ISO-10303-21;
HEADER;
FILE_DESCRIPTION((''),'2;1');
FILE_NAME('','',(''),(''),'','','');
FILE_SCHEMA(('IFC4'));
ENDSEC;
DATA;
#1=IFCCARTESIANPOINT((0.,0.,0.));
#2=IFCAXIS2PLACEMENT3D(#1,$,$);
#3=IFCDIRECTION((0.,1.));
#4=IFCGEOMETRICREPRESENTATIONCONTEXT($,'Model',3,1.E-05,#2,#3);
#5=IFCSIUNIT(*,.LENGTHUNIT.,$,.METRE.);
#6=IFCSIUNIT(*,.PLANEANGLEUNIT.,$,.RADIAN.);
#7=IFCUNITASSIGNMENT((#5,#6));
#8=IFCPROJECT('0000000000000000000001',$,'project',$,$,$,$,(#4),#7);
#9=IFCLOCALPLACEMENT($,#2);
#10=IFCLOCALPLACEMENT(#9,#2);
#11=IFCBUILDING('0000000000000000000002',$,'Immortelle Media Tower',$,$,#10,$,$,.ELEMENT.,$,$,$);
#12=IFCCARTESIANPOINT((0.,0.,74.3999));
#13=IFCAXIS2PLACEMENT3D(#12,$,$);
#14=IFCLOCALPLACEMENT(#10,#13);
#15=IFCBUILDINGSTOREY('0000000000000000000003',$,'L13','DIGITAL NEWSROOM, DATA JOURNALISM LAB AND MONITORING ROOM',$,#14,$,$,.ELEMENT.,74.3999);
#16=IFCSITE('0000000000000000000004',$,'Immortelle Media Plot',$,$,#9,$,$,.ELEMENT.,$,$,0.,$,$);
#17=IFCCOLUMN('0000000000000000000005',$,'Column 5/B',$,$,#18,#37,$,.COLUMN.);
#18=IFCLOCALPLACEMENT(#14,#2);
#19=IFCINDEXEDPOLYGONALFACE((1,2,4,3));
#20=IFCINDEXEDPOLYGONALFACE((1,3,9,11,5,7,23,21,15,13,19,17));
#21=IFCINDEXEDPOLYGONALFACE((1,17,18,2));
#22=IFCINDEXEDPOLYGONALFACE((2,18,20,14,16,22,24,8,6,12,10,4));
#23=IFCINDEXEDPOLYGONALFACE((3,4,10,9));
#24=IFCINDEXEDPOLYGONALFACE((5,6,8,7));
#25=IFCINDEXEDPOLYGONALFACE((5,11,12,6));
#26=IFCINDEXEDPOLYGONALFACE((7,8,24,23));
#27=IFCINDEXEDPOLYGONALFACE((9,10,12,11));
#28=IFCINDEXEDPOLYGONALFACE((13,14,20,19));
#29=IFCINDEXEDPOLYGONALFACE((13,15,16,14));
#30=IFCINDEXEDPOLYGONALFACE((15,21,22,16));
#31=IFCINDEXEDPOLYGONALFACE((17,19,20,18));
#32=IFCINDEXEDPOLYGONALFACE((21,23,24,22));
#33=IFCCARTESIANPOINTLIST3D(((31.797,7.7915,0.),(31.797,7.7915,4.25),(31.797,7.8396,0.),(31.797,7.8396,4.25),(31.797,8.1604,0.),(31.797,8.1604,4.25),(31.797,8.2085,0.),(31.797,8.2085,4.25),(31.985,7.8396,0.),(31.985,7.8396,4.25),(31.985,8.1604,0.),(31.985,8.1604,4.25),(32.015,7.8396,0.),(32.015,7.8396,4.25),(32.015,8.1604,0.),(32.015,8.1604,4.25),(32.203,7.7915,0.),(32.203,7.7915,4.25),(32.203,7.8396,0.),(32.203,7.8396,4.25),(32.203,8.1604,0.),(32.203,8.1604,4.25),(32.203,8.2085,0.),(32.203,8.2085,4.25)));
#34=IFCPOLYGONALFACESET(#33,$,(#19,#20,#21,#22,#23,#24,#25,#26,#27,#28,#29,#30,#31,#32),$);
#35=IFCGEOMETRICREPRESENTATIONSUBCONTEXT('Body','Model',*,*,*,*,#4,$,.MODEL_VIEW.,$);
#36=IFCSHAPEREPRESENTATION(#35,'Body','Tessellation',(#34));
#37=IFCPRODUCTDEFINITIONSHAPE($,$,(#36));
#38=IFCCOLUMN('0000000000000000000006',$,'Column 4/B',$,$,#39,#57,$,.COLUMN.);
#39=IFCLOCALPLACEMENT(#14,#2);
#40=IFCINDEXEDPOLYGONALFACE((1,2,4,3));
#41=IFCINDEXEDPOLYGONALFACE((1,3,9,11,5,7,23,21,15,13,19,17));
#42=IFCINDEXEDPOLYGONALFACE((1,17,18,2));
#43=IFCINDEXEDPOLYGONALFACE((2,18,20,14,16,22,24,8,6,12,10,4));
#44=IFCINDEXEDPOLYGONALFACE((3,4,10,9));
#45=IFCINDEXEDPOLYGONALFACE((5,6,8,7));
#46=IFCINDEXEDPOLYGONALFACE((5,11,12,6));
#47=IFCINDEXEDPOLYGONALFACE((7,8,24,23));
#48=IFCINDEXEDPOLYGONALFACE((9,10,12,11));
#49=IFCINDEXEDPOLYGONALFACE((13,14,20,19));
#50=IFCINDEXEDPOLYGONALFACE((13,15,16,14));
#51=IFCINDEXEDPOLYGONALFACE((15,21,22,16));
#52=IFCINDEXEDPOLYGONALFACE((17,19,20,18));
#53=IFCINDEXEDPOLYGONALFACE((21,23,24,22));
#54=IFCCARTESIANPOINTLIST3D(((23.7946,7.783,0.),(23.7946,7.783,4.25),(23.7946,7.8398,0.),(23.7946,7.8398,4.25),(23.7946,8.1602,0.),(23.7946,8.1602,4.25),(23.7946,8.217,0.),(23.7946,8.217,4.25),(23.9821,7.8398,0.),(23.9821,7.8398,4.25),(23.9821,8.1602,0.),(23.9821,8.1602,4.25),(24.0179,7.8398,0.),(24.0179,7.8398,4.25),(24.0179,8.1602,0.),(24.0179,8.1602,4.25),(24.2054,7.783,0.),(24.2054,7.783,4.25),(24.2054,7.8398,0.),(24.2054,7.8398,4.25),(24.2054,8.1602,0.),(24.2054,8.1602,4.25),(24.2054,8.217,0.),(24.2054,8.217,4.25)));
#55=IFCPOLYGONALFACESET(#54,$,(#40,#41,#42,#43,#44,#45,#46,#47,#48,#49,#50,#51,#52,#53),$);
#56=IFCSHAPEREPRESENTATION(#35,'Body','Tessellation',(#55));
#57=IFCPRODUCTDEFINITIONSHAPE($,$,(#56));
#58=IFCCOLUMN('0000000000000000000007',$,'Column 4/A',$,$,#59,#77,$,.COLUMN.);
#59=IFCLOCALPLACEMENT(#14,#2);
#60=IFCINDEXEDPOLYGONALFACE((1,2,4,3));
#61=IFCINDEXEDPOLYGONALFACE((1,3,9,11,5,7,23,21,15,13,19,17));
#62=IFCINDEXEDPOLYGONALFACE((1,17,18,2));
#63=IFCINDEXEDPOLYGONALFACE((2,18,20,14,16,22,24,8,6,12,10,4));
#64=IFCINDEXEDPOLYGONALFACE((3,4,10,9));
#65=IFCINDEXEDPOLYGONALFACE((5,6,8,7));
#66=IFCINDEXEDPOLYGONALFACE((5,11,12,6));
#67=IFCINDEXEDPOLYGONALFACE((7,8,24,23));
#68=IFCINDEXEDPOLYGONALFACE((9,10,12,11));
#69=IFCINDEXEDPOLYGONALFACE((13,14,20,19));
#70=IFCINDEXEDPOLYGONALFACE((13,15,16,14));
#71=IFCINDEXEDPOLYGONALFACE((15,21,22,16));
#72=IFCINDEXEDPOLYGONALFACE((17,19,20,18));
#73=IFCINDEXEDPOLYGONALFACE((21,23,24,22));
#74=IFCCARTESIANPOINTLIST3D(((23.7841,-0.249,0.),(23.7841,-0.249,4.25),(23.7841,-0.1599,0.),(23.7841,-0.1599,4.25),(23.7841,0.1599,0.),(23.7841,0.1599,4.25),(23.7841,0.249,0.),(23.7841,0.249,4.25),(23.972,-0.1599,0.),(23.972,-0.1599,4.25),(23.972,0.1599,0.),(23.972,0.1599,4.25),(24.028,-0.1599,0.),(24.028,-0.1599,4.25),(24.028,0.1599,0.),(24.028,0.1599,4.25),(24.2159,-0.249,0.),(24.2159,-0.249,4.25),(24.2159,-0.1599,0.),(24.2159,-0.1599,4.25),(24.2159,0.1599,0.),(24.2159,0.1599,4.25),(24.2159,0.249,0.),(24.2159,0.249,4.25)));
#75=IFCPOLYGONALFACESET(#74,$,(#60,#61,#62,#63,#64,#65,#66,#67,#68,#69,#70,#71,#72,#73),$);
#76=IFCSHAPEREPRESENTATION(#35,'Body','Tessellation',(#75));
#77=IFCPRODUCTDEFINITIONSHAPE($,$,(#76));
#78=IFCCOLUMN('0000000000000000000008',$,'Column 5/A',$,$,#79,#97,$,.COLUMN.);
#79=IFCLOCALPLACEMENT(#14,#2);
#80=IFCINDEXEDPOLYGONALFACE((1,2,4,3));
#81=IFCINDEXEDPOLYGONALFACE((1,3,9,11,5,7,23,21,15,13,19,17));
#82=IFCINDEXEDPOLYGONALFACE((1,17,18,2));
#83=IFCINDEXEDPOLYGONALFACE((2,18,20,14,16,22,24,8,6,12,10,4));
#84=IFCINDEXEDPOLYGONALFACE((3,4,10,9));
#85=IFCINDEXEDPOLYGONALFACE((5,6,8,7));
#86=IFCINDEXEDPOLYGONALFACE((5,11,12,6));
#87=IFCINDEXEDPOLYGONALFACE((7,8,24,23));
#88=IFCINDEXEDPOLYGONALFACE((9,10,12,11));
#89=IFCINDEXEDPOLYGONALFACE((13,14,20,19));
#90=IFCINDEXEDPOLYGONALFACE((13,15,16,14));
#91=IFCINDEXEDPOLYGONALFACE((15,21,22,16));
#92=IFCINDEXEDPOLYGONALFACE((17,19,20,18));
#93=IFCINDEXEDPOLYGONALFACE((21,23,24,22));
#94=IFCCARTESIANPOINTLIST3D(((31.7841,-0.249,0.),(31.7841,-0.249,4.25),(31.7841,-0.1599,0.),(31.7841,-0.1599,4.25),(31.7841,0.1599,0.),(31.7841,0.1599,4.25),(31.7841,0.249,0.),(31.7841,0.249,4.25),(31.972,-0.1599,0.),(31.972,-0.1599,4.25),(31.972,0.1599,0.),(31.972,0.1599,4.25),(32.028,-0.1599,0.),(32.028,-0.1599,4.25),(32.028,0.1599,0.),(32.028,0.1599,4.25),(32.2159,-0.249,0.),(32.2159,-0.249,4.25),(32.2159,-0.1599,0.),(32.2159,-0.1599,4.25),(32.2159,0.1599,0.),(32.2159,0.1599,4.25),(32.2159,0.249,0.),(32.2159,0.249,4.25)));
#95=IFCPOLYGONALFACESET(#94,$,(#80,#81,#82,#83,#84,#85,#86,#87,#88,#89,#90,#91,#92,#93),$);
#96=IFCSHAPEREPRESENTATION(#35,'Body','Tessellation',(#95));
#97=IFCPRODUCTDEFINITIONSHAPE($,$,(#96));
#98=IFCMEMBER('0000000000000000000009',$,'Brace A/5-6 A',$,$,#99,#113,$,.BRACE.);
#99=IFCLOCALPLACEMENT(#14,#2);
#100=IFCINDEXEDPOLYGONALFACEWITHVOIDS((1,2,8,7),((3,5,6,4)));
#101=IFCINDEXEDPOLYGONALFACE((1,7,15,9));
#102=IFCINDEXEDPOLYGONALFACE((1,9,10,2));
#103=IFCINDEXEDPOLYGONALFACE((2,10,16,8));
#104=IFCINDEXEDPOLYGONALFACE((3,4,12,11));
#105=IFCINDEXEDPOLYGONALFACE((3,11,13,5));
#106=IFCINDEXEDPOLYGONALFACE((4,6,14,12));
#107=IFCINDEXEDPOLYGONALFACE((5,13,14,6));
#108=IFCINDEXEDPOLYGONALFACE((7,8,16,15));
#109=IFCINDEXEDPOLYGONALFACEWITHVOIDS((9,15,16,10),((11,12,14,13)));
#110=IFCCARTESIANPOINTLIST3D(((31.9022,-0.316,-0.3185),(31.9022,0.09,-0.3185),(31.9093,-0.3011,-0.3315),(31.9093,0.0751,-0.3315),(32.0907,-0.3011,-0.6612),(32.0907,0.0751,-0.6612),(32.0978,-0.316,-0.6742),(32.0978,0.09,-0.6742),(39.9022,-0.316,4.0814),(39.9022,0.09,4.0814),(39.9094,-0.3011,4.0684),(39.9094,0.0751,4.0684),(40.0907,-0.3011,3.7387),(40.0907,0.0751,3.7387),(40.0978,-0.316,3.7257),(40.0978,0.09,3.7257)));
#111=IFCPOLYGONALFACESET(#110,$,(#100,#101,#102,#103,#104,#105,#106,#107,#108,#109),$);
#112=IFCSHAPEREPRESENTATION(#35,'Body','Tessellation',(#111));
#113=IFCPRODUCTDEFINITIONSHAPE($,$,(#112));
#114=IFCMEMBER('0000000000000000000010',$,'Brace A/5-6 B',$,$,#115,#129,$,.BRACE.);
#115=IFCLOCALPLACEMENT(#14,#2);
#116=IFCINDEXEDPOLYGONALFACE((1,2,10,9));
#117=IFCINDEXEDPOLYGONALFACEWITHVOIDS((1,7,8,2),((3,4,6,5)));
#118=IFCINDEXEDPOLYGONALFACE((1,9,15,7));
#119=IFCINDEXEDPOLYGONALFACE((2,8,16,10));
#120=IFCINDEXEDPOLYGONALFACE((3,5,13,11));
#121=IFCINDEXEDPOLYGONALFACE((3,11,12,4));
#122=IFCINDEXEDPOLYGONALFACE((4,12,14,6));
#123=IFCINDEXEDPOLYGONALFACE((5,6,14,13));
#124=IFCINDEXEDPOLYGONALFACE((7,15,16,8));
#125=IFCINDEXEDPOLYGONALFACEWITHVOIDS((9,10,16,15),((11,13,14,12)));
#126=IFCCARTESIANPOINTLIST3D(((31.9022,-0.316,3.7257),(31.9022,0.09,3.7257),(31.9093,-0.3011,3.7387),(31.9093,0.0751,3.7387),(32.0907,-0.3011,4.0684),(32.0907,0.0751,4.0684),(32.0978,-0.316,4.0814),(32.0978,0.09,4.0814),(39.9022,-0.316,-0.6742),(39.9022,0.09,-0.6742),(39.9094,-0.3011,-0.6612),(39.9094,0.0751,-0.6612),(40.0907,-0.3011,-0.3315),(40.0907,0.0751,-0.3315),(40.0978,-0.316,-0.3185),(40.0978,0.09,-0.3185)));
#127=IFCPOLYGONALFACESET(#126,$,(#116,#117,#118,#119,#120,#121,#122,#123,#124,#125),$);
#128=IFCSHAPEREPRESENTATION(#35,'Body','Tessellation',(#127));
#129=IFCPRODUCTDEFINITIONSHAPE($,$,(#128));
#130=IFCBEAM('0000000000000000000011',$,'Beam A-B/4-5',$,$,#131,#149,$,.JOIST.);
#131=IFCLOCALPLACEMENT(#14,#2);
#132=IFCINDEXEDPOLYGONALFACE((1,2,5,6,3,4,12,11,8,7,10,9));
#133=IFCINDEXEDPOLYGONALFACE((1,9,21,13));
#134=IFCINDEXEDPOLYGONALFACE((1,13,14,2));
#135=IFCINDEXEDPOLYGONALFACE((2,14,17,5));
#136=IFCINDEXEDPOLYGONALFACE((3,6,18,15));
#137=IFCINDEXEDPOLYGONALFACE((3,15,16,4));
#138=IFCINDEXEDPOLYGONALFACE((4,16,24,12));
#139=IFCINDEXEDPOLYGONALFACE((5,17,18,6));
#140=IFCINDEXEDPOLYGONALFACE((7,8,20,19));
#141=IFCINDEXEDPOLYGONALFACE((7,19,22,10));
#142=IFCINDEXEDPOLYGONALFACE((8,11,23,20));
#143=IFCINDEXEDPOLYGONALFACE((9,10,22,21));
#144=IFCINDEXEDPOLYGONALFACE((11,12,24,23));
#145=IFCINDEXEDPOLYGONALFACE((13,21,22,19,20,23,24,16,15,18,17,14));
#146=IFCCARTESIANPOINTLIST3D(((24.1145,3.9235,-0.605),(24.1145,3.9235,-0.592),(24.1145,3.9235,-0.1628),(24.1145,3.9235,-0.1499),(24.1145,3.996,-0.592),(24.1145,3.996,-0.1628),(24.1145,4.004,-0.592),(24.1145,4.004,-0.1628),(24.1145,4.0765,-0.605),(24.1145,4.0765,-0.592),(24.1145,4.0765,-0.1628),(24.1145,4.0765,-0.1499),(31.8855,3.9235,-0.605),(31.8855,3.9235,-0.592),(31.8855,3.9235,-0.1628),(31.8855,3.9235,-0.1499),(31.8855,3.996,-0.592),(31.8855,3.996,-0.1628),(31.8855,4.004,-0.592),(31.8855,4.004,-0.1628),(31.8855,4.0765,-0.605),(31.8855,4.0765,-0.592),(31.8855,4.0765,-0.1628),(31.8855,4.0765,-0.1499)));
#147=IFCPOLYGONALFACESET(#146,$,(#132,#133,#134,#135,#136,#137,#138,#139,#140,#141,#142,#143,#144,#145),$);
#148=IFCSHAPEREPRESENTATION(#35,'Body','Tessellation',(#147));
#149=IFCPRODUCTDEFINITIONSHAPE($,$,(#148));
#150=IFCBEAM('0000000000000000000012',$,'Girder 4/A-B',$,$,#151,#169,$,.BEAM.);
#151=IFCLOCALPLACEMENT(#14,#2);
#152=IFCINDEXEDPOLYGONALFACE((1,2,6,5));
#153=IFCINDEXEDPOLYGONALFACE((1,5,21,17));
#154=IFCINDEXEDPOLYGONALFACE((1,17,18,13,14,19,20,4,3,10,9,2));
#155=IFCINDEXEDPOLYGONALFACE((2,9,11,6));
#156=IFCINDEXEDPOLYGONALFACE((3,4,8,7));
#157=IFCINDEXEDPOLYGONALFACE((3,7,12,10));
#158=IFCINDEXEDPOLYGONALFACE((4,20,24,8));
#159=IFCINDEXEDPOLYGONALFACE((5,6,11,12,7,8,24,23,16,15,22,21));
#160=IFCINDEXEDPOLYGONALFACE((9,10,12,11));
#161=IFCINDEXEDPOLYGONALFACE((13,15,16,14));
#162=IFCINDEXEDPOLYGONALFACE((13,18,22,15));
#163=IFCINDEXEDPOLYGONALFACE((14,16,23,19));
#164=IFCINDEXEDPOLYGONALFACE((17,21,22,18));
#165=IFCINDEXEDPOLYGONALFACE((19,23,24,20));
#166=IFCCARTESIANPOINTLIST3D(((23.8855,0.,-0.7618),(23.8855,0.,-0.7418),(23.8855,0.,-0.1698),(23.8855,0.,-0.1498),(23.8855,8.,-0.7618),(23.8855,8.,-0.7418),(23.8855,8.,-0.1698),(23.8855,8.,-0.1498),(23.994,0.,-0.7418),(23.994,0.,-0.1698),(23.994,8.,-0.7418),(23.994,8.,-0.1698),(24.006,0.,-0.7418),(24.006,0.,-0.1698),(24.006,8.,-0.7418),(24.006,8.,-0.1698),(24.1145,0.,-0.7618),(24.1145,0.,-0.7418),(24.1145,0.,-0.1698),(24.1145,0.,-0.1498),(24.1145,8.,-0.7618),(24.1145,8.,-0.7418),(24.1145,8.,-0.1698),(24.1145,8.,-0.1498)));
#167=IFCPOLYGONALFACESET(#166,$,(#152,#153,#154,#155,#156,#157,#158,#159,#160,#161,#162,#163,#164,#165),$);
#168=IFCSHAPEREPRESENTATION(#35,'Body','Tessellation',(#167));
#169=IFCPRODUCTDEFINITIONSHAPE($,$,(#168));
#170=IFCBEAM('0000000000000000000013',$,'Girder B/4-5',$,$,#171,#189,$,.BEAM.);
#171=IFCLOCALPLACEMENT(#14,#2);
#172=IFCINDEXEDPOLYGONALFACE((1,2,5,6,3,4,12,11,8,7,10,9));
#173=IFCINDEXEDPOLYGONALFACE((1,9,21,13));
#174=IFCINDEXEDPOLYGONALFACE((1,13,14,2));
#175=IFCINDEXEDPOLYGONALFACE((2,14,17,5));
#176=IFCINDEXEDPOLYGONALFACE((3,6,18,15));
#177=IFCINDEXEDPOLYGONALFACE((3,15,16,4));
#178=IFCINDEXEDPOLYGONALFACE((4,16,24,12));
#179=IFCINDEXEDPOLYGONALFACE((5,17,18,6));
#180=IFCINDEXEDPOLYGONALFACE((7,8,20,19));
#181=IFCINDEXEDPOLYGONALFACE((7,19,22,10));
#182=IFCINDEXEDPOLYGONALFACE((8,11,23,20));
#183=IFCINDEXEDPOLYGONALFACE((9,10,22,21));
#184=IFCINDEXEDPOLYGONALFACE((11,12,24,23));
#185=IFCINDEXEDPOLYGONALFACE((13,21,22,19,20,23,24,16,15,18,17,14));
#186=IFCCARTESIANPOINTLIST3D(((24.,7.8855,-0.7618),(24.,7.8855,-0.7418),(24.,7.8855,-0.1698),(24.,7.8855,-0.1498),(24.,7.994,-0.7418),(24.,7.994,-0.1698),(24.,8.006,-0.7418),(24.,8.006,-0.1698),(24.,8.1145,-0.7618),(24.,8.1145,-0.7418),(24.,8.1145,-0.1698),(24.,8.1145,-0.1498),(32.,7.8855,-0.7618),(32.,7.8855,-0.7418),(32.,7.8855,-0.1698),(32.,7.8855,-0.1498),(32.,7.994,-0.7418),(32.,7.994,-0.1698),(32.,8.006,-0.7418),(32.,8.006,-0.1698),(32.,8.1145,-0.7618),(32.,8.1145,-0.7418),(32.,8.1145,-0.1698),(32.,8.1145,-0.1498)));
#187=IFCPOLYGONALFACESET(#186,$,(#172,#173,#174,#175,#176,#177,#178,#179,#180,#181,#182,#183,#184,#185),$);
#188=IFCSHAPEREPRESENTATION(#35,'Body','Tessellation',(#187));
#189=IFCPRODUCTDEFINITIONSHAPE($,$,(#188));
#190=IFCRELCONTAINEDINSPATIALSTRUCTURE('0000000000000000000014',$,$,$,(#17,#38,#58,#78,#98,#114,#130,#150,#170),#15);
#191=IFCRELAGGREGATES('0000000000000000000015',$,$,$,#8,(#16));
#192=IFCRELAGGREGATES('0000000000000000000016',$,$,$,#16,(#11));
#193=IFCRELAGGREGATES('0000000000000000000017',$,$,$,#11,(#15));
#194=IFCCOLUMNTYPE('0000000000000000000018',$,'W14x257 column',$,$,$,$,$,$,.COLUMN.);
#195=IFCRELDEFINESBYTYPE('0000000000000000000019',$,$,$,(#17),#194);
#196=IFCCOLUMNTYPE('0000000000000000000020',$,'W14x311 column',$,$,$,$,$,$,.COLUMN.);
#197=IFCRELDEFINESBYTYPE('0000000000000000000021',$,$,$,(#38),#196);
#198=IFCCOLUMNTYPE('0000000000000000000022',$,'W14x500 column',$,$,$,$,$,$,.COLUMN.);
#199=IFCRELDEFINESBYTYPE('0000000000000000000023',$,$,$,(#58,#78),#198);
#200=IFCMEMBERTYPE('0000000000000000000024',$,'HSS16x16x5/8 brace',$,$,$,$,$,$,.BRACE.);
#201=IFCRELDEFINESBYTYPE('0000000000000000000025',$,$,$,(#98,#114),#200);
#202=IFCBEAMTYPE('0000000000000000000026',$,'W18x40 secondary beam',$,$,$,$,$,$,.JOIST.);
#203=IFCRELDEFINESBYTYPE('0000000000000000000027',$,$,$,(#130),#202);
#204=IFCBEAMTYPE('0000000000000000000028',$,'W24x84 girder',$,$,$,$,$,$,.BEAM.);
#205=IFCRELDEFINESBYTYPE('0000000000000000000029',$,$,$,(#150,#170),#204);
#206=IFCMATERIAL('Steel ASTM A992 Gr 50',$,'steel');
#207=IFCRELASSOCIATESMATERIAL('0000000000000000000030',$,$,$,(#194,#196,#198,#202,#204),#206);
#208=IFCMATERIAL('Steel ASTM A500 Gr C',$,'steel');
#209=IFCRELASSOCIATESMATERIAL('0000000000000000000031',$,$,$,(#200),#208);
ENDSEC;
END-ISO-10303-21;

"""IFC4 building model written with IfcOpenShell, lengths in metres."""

from ifc_helpers import new_model, si_unit, direction, frame, origin, origin_2d, place, context, subcontext, project, spatial, hollow_rectangle, i_section, extrude, material, material_profile, profile_set, type_object, element, save


model = new_model("IFC4")

# Units and contexts
model_context = context("Model", 3, precision=1e-05, world=origin(), true_north=direction((0.0, 1.0)))
body_context = subcontext(model_context, "Body", "Model", "MODEL_VIEW")
ifc_project = project(units=[si_unit("LENGTHUNIT", "METRE"), si_unit("PLANEANGLEUNIT", "RADIAN")], contexts=[model_context])

# Site, building, storey
site_placement = place(None, origin())
site = spatial("IfcSite", under=ifc_project, at=site_placement, Name="Immortelle Media Plot", CompositionType="ELEMENT", RefElevation=0.0)
building_placement = place(site_placement, origin())
building = spatial("IfcBuilding", under=site, at=building_placement, Name="Immortelle Media Tower", CompositionType="ELEMENT")
storey_placement = place(building_placement, frame((0.0, 0.0, 74.3999)))
storey = spatial("IfcBuildingStorey", under=building, at=storey_placement, Name="L13", Description="DIGITAL NEWSROOM, DATA JOURNALISM LAB AND MONITORING ROOM", CompositionType="ELEMENT", Elevation=74.3999)

# Columns
ifc_material_1 = material(Name="Steel ASTM A992 Gr 50", Category="steel")
ifc_material_profile_1 = material_profile(ifc_material_1, i_section(OverallWidth=0.406, OverallDepth=0.417, WebThickness=0.03, FlangeThickness=0.0481, at=origin_2d()), Name="W14x257")
ifc_profile_set_1 = profile_set([ifc_material_profile_1], Name="Steel ASTM A992 Gr 50")
column_type_1 = type_object("IfcColumnType", Name="W14x257 column", PredefinedType="COLUMN", material=ifc_profile_set_1)
column_1_placement = place(storey_placement, frame((32.0, 8.0, 0.0), z_axis=(0.0, 0.0, 1.0), x_axis=(1.0, 0.0, 0.0)))
element("IfcColumn", 1, at=column_1_placement, inside=storey, type_object=column_type_1, Name="Column 5/B", PredefinedType="COLUMN", context=body_context, shape_type="SweptSolid", body=[
    extrude(i_section(OverallWidth=0.406, OverallDepth=0.417, WebThickness=0.03, FlangeThickness=0.0481, at=origin_2d()), origin(), (0.0, 0.0, 1.0), 4.25),
])
ifc_material_profile_2 = material_profile(ifc_material_1, i_section(OverallWidth=0.4109, OverallDepth=0.4341, WebThickness=0.0359, FlangeThickness=0.0569, at=origin_2d()), Name="W14x311")
ifc_profile_set_2 = profile_set([ifc_material_profile_2], Name="Steel ASTM A992 Gr 50")
column_type_2 = type_object("IfcColumnType", Name="W14x311 column", PredefinedType="COLUMN", material=ifc_profile_set_2)
column_2_placement = place(storey_placement, frame((24.0, 8.0, 0.0), z_axis=(0.0, 0.0, 1.0), x_axis=(1.0, 0.0, 0.0)))
element("IfcColumn", 2, at=column_2_placement, inside=storey, type_object=column_type_2, Name="Column 4/B", PredefinedType="COLUMN", context=body_context, shape_type="SweptSolid", body=[
    extrude(i_section(OverallWidth=0.4109, OverallDepth=0.4341, WebThickness=0.0359, FlangeThickness=0.0569, at=origin_2d()), origin(), (0.0, 0.0, 1.0), 4.25),
])
ifc_material_profile_3 = material_profile(ifc_material_1, i_section(OverallWidth=0.4319, OverallDepth=0.498, WebThickness=0.0559, FlangeThickness=0.0891, at=origin_2d()), Name="W14x500")
ifc_profile_set_3 = profile_set([ifc_material_profile_3], Name="Steel ASTM A992 Gr 50")
column_type_3 = type_object("IfcColumnType", Name="W14x500 column", PredefinedType="COLUMN", material=ifc_profile_set_3)
for number, where, z_axis, x_axis, name in (
    (3, (24.0, 0.0, 0.0), (0.0, 0.0, 1.0), (1.0, 0.0, 0.0), "Column 4/A"),
    (4, (32.0, 0.0, 0.0), (0.0, 0.0, 1.0), (1.0, 0.0, 0.0), "Column 5/A"),
):
    element("IfcColumn", number, at=place(storey_placement, frame(where, z_axis=z_axis, x_axis=x_axis)), inside=storey, type_object=column_type_3, Name=name, PredefinedType="COLUMN", context=body_context, shape_type="SweptSolid", body=[
        extrude(i_section(OverallWidth=0.4319, OverallDepth=0.498, WebThickness=0.0559, FlangeThickness=0.0891, at=origin_2d()), origin(), (0.0, 0.0, 1.0), 4.25),
    ])

# Members
ifc_material_2 = material(Name="Steel ASTM A500 Gr C", Category="steel")
ifc_material_profile_4 = material_profile(ifc_material_2, hollow_rectangle(XDim=0.406, YDim=0.406, WallThickness=0.0149, at=origin_2d()), Name="HSS16x16x5/8 brace")
ifc_profile_set_4 = profile_set([ifc_material_profile_4], Name="Steel ASTM A500 Gr C")
member_type = type_object("IfcMemberType", Name="HSS16x16x5/8 brace", PredefinedType="BRACE", material=ifc_profile_set_4)
for number, where, z_axis, x_axis, name in (
    (5, (32.0, -0.113, -0.4963), (0.87622, 0.0, 0.481911), (0.0, 1.0, 0.0), "Brace A/5-6 A"),
    (6, (32.0, -0.113, 3.9036), (0.87622, 0.0, -0.481911), (0.0, 1.0, 0.0), "Brace A/5-6 B"),
):
    element("IfcMember", number, at=place(storey_placement, frame(where, z_axis=z_axis, x_axis=x_axis)), inside=storey, type_object=member_type, Name=name, PredefinedType="BRACE", context=body_context, shape_type="SweptSolid", body=[
        extrude(hollow_rectangle(XDim=0.406, YDim=0.406, WallThickness=0.0149, at=origin_2d()), origin(), (0.0, 0.0, 1.0), 9.1301),
    ])

# Beams
ifc_material_profile_5 = material_profile(ifc_material_1, i_section(OverallWidth=0.1531, OverallDepth=0.4551, WebThickness=0.0081, FlangeThickness=0.0129, at=origin_2d()), Name="W18x40")
ifc_profile_set_5 = profile_set([ifc_material_profile_5], Name="Steel ASTM A992 Gr 50")
beam_type_1 = type_object("IfcBeamType", Name="W18x40 secondary beam", PredefinedType="JOIST", material=ifc_profile_set_5)
beam_placement = place(storey_placement, frame((24.1145, 4.0, -0.3774), z_axis=(1.0, 0.0, 0.0), x_axis=(0.0, 1.0, 0.0)))
element("IfcBeam", 7, at=beam_placement, inside=storey, type_object=beam_type_1, Name="Beam A-B/4-5", PredefinedType="JOIST", context=body_context, shape_type="SweptSolid", body=[
    extrude(i_section(OverallWidth=0.1531, OverallDepth=0.4551, WebThickness=0.0081, FlangeThickness=0.0129, at=origin_2d()), origin(), (0.0, 0.0, 1.0), 7.771),
])
ifc_material_profile_6 = material_profile(ifc_material_1, i_section(OverallWidth=0.229, OverallDepth=0.6121, WebThickness=0.012, FlangeThickness=0.02, at=origin_2d()), Name="W24x84")
ifc_profile_set_6 = profile_set([ifc_material_profile_6], Name="Steel ASTM A992 Gr 50")
beam_type_2 = type_object("IfcBeamType", Name="W24x84 girder", PredefinedType="BEAM", material=ifc_profile_set_6)
for number, where, z_axis, x_axis, name in (
    (8, (24.0, 0.0, -0.4558), (0.0, 1.0, 0.0), (-1.0, 0.0, 0.0), "Girder 4/A-B"),
    (9, (24.0, 8.0, -0.4558), (1.0, 0.0, 0.0), (0.0, 1.0, 0.0), "Girder B/4-5"),
):
    element("IfcBeam", number, at=place(storey_placement, frame(where, z_axis=z_axis, x_axis=x_axis)), inside=storey, type_object=beam_type_2, Name=name, PredefinedType="BEAM", context=body_context, shape_type="SweptSolid", body=[
        extrude(i_section(OverallWidth=0.229, OverallDepth=0.6121, WebThickness=0.012, FlangeThickness=0.02, at=origin_2d()), origin(), (0.0, 0.0, 1.0), 8.0),
    ])

save(model, "model.ifc")
